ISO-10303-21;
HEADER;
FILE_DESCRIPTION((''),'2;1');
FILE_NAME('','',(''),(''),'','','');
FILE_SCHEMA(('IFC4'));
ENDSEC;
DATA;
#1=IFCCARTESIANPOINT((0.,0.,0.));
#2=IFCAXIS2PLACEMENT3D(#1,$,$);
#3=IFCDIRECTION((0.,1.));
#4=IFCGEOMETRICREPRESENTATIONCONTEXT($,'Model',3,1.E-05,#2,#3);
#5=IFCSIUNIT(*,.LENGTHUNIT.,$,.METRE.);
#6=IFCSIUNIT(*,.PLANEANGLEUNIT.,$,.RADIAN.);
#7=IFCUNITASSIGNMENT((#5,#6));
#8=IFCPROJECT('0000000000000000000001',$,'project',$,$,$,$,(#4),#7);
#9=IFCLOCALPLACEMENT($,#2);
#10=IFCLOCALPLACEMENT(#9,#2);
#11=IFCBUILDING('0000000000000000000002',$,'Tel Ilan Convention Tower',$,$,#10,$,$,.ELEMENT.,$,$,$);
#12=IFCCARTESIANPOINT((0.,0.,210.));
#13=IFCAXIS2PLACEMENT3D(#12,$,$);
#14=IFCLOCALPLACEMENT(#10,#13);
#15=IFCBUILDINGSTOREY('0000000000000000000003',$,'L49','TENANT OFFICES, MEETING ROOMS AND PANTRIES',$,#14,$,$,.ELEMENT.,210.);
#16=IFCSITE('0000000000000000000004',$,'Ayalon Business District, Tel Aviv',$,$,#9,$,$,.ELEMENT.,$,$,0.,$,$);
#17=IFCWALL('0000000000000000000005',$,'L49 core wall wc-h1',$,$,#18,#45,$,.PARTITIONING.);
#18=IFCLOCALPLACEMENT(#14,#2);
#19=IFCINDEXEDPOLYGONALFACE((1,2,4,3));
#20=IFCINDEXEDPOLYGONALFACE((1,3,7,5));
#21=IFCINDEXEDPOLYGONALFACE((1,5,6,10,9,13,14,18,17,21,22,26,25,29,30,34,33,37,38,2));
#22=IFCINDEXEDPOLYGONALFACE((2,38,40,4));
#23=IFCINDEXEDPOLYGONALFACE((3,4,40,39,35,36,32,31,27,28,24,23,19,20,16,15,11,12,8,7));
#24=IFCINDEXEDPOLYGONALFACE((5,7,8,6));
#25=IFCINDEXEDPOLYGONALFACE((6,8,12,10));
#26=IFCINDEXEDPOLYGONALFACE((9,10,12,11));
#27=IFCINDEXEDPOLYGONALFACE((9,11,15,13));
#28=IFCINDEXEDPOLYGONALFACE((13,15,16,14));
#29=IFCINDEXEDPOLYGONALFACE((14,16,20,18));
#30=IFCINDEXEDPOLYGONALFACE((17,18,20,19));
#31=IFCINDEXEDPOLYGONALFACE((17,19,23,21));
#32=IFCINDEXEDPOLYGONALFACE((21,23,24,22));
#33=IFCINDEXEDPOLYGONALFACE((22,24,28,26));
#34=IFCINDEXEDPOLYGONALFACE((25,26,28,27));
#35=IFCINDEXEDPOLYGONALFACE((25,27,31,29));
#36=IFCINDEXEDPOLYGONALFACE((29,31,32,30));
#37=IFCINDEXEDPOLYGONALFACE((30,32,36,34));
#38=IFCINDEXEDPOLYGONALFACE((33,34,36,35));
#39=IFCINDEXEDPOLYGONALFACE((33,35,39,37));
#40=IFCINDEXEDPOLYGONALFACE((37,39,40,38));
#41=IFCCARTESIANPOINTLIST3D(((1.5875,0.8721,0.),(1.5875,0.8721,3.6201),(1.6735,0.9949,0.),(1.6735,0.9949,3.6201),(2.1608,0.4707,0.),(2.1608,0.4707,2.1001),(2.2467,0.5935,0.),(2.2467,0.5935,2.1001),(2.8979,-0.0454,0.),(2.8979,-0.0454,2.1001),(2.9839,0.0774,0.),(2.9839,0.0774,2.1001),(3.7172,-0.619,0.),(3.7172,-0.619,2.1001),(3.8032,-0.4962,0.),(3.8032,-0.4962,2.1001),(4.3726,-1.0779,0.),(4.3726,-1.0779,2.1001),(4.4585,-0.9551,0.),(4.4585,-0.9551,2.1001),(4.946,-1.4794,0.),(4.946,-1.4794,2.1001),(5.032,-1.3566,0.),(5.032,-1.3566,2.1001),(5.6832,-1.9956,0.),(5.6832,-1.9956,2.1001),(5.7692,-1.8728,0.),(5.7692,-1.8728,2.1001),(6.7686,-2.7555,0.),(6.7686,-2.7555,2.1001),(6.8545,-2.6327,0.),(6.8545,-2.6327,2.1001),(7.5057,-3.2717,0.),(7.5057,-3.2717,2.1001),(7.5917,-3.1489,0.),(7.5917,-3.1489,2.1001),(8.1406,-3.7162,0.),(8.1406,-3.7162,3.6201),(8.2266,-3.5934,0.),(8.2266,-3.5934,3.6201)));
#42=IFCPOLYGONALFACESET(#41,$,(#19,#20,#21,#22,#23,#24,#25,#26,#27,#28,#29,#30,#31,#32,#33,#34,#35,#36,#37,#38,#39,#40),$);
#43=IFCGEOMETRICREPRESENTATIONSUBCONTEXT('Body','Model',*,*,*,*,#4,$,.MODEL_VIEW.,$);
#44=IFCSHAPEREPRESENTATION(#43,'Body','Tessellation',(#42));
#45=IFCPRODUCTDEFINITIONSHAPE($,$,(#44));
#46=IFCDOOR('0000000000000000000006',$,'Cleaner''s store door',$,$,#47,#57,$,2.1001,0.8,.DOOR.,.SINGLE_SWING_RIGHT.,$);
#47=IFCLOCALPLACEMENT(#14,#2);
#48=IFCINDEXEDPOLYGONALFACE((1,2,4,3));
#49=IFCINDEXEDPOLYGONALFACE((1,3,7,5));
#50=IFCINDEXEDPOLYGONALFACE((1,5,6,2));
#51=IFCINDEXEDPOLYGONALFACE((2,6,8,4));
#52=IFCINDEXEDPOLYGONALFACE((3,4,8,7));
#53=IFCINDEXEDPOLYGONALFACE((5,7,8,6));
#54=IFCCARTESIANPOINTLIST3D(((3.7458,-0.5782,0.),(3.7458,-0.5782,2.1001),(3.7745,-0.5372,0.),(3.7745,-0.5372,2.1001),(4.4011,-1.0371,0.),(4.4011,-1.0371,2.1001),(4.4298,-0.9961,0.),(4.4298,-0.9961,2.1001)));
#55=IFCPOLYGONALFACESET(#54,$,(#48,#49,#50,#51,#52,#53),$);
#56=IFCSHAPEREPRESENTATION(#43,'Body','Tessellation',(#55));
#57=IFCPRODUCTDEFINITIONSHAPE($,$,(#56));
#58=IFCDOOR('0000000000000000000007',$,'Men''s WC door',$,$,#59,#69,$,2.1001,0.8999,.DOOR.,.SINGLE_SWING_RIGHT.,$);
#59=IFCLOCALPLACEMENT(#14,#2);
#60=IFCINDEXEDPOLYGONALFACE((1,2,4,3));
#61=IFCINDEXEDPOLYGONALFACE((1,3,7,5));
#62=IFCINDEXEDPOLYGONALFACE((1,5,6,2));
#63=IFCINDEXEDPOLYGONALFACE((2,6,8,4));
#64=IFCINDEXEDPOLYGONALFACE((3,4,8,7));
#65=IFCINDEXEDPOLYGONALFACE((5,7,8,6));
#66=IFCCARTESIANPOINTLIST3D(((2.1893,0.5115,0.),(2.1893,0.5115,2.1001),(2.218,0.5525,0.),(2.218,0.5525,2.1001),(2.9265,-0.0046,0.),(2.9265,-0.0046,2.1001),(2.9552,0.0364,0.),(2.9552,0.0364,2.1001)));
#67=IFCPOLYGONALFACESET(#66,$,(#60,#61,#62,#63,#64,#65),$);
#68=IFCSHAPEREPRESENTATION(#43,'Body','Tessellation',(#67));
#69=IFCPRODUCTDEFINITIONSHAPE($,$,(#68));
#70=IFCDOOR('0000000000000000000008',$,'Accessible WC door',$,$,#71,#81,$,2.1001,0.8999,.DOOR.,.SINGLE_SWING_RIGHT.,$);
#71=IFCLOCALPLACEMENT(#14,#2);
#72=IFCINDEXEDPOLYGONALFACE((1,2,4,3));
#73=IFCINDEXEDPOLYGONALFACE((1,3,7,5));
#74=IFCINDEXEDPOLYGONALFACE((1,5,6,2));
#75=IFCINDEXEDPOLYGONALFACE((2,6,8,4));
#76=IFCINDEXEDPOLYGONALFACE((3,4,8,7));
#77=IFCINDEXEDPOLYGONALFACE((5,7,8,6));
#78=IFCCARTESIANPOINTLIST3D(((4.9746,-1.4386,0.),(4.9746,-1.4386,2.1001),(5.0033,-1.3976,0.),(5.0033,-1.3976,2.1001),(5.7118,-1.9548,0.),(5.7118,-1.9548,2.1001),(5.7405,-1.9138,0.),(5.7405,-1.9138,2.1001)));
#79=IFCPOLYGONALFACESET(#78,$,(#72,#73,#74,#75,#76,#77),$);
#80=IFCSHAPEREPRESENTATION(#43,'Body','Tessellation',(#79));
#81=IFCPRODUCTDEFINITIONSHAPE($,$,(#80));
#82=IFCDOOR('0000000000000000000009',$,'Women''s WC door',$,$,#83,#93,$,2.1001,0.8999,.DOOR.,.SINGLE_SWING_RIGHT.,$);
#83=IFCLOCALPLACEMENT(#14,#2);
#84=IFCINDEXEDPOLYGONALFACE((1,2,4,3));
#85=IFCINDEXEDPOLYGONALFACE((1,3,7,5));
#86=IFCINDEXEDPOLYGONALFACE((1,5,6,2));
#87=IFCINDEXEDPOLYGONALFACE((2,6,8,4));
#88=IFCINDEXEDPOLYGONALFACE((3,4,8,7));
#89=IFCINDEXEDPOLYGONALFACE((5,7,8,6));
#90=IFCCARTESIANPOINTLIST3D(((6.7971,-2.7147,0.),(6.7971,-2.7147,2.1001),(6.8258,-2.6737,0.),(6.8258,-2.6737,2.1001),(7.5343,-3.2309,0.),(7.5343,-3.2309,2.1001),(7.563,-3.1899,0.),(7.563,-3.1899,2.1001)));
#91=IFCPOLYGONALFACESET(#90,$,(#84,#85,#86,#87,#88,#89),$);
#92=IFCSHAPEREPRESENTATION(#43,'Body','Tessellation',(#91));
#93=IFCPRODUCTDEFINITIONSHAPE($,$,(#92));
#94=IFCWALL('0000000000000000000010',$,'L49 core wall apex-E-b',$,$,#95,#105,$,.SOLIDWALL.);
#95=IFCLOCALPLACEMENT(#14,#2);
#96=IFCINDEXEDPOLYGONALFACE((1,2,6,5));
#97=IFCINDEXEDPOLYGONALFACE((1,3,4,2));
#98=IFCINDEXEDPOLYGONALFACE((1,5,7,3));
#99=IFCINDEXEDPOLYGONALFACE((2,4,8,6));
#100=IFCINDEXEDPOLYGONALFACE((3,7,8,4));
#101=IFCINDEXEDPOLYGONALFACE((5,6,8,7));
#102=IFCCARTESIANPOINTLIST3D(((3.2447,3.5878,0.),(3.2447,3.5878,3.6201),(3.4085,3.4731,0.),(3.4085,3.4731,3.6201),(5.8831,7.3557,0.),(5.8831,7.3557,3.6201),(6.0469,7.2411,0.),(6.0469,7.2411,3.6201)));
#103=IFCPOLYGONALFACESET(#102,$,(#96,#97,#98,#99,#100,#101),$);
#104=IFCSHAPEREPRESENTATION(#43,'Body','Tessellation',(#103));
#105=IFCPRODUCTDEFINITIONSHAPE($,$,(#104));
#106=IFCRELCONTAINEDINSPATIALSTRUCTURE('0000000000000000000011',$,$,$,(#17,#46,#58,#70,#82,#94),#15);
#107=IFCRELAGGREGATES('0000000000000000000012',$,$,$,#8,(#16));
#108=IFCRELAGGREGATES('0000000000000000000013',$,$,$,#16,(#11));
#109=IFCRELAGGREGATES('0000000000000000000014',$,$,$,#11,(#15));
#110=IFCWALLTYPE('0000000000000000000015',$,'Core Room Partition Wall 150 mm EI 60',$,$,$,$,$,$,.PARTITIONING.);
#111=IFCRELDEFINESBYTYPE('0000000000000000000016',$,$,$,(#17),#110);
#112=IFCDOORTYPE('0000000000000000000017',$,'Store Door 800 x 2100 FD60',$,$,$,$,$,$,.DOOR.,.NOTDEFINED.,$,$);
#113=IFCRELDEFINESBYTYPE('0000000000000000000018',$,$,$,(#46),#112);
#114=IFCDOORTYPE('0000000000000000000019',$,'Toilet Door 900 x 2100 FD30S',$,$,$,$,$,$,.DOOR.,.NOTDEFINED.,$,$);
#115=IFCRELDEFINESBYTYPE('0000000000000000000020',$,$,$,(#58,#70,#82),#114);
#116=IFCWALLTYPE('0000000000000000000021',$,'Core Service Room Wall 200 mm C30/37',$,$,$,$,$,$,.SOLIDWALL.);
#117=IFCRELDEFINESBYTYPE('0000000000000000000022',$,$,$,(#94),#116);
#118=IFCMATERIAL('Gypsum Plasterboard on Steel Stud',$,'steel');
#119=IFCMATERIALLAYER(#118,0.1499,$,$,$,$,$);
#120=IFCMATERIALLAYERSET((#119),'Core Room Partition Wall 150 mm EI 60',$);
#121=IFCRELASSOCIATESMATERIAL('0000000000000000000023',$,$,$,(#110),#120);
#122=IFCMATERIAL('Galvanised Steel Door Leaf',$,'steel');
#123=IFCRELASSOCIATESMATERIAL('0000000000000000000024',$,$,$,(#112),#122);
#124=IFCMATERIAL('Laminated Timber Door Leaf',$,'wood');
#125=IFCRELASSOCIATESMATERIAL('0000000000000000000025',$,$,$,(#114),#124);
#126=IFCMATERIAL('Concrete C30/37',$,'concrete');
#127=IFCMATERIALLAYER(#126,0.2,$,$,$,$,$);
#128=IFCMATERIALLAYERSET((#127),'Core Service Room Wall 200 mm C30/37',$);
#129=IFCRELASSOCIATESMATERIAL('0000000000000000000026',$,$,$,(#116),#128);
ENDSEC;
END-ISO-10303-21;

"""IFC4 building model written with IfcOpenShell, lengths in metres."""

from ifc_helpers import new_model, si_unit, direction, frame, frame_2d, origin, place, context, subcontext, project, spatial, rectangle, extrude, material, layer, layer_set, type_object, element, fill, save


model = new_model("IFC4")

# Units and contexts
model_context = context("Model", 3, precision=1e-05, world=origin(), true_north=direction((0.0, 1.0)))
body_context = subcontext(model_context, "Body", "Model", "MODEL_VIEW")
ifc_project = project(units=[si_unit("LENGTHUNIT", "METRE"), si_unit("PLANEANGLEUNIT", "RADIAN")], contexts=[model_context])

# Site, building, storey
site_placement = place(None, origin())
site = spatial("IfcSite", under=ifc_project, at=site_placement, Name="Ayalon Business District, Tel Aviv", CompositionType="ELEMENT", RefElevation=0.0)
building_placement = place(site_placement, origin())
building = spatial("IfcBuilding", under=site, at=building_placement, Name="Tel Ilan Convention Tower", CompositionType="ELEMENT")
storey_placement = place(building_placement, frame((0.0, 0.0, 210.0)))
storey = spatial("IfcBuildingStorey", under=building, at=storey_placement, Name="L49", Description="TENANT OFFICES, MEETING ROOMS AND PANTRIES", CompositionType="ELEMENT", Elevation=210.0)

# Wall, openings, doors
ifc_material_1 = material(Name="Gypsum Plasterboard on Steel Stud", Category="steel")
ifc_layer_1 = layer(ifc_material_1, 0.1499)
ifc_layer_set_1 = layer_set([ifc_layer_1], Name="Core Room Partition Wall 150 mm EI 60")
wall_type_1 = type_object("IfcWallType", Name="Core Room Partition Wall 150 mm EI 60", PredefinedType="PARTITIONING", material=ifc_layer_set_1)
wall_1_placement = place(storey_placement, frame((1.6304, 0.9336, 0.0), z_axis=(0.0, 0.0, 1.0), x_axis=(0.819166, -0.573557, 0.0)))
wall_1 = element("IfcWall", 1, at=wall_1_placement, inside=storey, type_object=wall_type_1, Name="L49 core wall wc-h1", PredefinedType="PARTITIONING", context=body_context, shape_type="SweptSolid", body=[
    extrude(rectangle(XDim=7.9998, YDim=0.1499, at=frame_2d((4.0, 0.0))), origin(), (0.0, 0.0, 1.0), 3.6201),
])
opening_1_placement = place(wall_1_placement, frame((0.7, 0.0, 0.0)))
opening_1 = element("IfcOpeningElement", 2, at=opening_1_placement, cuts=wall_1, PredefinedType="OPENING", context=body_context, shape_type="SweptSolid", body=[
    extrude(rectangle(XDim=0.8999, YDim=2.1001, at=frame_2d((0.45, 1.05))), frame((0.0, 0.085, 0.0), z_axis=(0.0, -1.0, 0.0), x_axis=(1.0, 0.0, 0.0)), (0.0, 0.0, 1.0), 0.1699),
])
opening_2_placement = place(wall_1_placement, frame((2.6001, 0.0, 0.0)))
opening_2 = element("IfcOpeningElement", 3, at=opening_2_placement, cuts=wall_1, PredefinedType="OPENING", context=body_context, shape_type="SweptSolid", body=[
    extrude(rectangle(XDim=0.8, YDim=2.1001, at=frame_2d((0.3999, 1.05))), frame((0.0, 0.085, 0.0), z_axis=(0.0, -1.0, 0.0), x_axis=(1.0, 0.0, 0.0)), (0.0, 0.0, 1.0), 0.1699),
])
opening_3_placement = place(wall_1_placement, frame((4.1001, 0.0, 0.0)))
opening_3 = element("IfcOpeningElement", 4, at=opening_3_placement, cuts=wall_1, PredefinedType="OPENING", context=body_context, shape_type="SweptSolid", body=[
    extrude(rectangle(XDim=0.8999, YDim=2.1001, at=frame_2d((0.45, 1.05))), frame((0.0, 0.085, 0.0), z_axis=(0.0, -1.0, 0.0), x_axis=(1.0, 0.0, 0.0)), (0.0, 0.0, 1.0), 0.1699),
])
opening_4_placement = place(wall_1_placement, frame((6.325, 0.0, 0.0)))
opening_4 = element("IfcOpeningElement", 5, at=opening_4_placement, cuts=wall_1, PredefinedType="OPENING", context=body_context, shape_type="SweptSolid", body=[
    extrude(rectangle(XDim=0.8999, YDim=2.1001, at=frame_2d((0.45, 1.05))), frame((0.0, 0.085, 0.0), z_axis=(0.0, -1.0, 0.0), x_axis=(1.0, 0.0, 0.0)), (0.0, 0.0, 1.0), 0.1699),
])
ifc_material_2 = material(Name="Galvanised Steel Door Leaf", Category="steel")
door_type_1 = type_object("IfcDoorType", Name="Store Door 800 x 2100 FD60", OperationType="NOTDEFINED", PredefinedType="DOOR", material=ifc_material_2)
door_1_placement = place(opening_2_placement, origin())
door_1 = element("IfcDoor", 6, at=door_1_placement, inside=storey, type_object=door_type_1, Name="Cleaner's store door", OperationType="SINGLE_SWING_RIGHT", OverallHeight=2.1001, OverallWidth=0.8, PredefinedType="DOOR", context=body_context, shape_type="SweptSolid", body=[
    extrude(rectangle(XDim=0.8, YDim=2.1001, at=frame_2d((0.3999, 1.05))), frame((0.0, 0.0249, 0.0), z_axis=(0.0, -1.0, 0.0), x_axis=(1.0, 0.0, 0.0)), (0.0, 0.0, 1.0), 0.05),
])
fill(opening_2, door_1)
ifc_material_3 = material(Name="Laminated Timber Door Leaf", Category="wood")
door_type_2 = type_object("IfcDoorType", Name="Toilet Door 900 x 2100 FD30S", OperationType="NOTDEFINED", PredefinedType="DOOR", material=ifc_material_3)
door_2_placement = place(opening_1_placement, origin())
door_2 = element("IfcDoor", 7, at=door_2_placement, inside=storey, type_object=door_type_2, Name="Men's WC door", OperationType="SINGLE_SWING_RIGHT", OverallHeight=2.1001, OverallWidth=0.8999, PredefinedType="DOOR", context=body_context, shape_type="SweptSolid", body=[
    extrude(rectangle(XDim=0.8999, YDim=2.1001, at=frame_2d((0.45, 1.05))), frame((0.0, 0.0249, 0.0), z_axis=(0.0, -1.0, 0.0), x_axis=(1.0, 0.0, 0.0)), (0.0, 0.0, 1.0), 0.05),
])
fill(opening_1, door_2)
door_3_placement = place(opening_3_placement, origin())
door_3 = element("IfcDoor", 8, at=door_3_placement, inside=storey, type_object=door_type_2, Name="Accessible WC door", OperationType="SINGLE_SWING_RIGHT", OverallHeight=2.1001, OverallWidth=0.8999, PredefinedType="DOOR", context=body_context, shape_type="SweptSolid", body=[
    extrude(rectangle(XDim=0.8999, YDim=2.1001, at=frame_2d((0.45, 1.05))), frame((0.0, 0.0249, 0.0), z_axis=(0.0, -1.0, 0.0), x_axis=(1.0, 0.0, 0.0)), (0.0, 0.0, 1.0), 0.05),
])
fill(opening_3, door_3)
door_4_placement = place(opening_4_placement, origin())
door_4 = element("IfcDoor", 9, at=door_4_placement, inside=storey, type_object=door_type_2, Name="Women's WC door", OperationType="SINGLE_SWING_RIGHT", OverallHeight=2.1001, OverallWidth=0.8999, PredefinedType="DOOR", context=body_context, shape_type="SweptSolid", body=[
    extrude(rectangle(XDim=0.8999, YDim=2.1001, at=frame_2d((0.45, 1.05))), frame((0.0, 0.0249, 0.0), z_axis=(0.0, -1.0, 0.0), x_axis=(1.0, 0.0, 0.0)), (0.0, 0.0, 1.0), 0.05),
])
fill(opening_4, door_4)

# Wall
ifc_material_4 = material(Name="Concrete C30/37", Category="concrete")
ifc_layer_2 = layer(ifc_material_4, 0.2)
ifc_layer_set_2 = layer_set([ifc_layer_2], Name="Core Service Room Wall 200 mm C30/37")
wall_type_2 = type_object("IfcWallType", Name="Core Service Room Wall 200 mm C30/37", PredefinedType="SOLIDWALL", material=ifc_layer_set_2)
wall_2_placement = place(storey_placement, frame((3.3267, 3.5305, 0.0), z_axis=(0.0, 0.0, 1.0), x_axis=(0.573576, 0.819152, 0.0)))
element("IfcWall", 10, at=wall_2_placement, inside=storey, type_object=wall_type_2, Name="L49 core wall apex-E-b", PredefinedType="SOLIDWALL", context=body_context, shape_type="SweptSolid", body=[
    extrude(rectangle(XDim=4.5999, YDim=0.2, at=frame_2d((2.2998, 0.0))), origin(), (0.0, 0.0, 1.0), 3.6201),
])

save(model, "model.ifc")
